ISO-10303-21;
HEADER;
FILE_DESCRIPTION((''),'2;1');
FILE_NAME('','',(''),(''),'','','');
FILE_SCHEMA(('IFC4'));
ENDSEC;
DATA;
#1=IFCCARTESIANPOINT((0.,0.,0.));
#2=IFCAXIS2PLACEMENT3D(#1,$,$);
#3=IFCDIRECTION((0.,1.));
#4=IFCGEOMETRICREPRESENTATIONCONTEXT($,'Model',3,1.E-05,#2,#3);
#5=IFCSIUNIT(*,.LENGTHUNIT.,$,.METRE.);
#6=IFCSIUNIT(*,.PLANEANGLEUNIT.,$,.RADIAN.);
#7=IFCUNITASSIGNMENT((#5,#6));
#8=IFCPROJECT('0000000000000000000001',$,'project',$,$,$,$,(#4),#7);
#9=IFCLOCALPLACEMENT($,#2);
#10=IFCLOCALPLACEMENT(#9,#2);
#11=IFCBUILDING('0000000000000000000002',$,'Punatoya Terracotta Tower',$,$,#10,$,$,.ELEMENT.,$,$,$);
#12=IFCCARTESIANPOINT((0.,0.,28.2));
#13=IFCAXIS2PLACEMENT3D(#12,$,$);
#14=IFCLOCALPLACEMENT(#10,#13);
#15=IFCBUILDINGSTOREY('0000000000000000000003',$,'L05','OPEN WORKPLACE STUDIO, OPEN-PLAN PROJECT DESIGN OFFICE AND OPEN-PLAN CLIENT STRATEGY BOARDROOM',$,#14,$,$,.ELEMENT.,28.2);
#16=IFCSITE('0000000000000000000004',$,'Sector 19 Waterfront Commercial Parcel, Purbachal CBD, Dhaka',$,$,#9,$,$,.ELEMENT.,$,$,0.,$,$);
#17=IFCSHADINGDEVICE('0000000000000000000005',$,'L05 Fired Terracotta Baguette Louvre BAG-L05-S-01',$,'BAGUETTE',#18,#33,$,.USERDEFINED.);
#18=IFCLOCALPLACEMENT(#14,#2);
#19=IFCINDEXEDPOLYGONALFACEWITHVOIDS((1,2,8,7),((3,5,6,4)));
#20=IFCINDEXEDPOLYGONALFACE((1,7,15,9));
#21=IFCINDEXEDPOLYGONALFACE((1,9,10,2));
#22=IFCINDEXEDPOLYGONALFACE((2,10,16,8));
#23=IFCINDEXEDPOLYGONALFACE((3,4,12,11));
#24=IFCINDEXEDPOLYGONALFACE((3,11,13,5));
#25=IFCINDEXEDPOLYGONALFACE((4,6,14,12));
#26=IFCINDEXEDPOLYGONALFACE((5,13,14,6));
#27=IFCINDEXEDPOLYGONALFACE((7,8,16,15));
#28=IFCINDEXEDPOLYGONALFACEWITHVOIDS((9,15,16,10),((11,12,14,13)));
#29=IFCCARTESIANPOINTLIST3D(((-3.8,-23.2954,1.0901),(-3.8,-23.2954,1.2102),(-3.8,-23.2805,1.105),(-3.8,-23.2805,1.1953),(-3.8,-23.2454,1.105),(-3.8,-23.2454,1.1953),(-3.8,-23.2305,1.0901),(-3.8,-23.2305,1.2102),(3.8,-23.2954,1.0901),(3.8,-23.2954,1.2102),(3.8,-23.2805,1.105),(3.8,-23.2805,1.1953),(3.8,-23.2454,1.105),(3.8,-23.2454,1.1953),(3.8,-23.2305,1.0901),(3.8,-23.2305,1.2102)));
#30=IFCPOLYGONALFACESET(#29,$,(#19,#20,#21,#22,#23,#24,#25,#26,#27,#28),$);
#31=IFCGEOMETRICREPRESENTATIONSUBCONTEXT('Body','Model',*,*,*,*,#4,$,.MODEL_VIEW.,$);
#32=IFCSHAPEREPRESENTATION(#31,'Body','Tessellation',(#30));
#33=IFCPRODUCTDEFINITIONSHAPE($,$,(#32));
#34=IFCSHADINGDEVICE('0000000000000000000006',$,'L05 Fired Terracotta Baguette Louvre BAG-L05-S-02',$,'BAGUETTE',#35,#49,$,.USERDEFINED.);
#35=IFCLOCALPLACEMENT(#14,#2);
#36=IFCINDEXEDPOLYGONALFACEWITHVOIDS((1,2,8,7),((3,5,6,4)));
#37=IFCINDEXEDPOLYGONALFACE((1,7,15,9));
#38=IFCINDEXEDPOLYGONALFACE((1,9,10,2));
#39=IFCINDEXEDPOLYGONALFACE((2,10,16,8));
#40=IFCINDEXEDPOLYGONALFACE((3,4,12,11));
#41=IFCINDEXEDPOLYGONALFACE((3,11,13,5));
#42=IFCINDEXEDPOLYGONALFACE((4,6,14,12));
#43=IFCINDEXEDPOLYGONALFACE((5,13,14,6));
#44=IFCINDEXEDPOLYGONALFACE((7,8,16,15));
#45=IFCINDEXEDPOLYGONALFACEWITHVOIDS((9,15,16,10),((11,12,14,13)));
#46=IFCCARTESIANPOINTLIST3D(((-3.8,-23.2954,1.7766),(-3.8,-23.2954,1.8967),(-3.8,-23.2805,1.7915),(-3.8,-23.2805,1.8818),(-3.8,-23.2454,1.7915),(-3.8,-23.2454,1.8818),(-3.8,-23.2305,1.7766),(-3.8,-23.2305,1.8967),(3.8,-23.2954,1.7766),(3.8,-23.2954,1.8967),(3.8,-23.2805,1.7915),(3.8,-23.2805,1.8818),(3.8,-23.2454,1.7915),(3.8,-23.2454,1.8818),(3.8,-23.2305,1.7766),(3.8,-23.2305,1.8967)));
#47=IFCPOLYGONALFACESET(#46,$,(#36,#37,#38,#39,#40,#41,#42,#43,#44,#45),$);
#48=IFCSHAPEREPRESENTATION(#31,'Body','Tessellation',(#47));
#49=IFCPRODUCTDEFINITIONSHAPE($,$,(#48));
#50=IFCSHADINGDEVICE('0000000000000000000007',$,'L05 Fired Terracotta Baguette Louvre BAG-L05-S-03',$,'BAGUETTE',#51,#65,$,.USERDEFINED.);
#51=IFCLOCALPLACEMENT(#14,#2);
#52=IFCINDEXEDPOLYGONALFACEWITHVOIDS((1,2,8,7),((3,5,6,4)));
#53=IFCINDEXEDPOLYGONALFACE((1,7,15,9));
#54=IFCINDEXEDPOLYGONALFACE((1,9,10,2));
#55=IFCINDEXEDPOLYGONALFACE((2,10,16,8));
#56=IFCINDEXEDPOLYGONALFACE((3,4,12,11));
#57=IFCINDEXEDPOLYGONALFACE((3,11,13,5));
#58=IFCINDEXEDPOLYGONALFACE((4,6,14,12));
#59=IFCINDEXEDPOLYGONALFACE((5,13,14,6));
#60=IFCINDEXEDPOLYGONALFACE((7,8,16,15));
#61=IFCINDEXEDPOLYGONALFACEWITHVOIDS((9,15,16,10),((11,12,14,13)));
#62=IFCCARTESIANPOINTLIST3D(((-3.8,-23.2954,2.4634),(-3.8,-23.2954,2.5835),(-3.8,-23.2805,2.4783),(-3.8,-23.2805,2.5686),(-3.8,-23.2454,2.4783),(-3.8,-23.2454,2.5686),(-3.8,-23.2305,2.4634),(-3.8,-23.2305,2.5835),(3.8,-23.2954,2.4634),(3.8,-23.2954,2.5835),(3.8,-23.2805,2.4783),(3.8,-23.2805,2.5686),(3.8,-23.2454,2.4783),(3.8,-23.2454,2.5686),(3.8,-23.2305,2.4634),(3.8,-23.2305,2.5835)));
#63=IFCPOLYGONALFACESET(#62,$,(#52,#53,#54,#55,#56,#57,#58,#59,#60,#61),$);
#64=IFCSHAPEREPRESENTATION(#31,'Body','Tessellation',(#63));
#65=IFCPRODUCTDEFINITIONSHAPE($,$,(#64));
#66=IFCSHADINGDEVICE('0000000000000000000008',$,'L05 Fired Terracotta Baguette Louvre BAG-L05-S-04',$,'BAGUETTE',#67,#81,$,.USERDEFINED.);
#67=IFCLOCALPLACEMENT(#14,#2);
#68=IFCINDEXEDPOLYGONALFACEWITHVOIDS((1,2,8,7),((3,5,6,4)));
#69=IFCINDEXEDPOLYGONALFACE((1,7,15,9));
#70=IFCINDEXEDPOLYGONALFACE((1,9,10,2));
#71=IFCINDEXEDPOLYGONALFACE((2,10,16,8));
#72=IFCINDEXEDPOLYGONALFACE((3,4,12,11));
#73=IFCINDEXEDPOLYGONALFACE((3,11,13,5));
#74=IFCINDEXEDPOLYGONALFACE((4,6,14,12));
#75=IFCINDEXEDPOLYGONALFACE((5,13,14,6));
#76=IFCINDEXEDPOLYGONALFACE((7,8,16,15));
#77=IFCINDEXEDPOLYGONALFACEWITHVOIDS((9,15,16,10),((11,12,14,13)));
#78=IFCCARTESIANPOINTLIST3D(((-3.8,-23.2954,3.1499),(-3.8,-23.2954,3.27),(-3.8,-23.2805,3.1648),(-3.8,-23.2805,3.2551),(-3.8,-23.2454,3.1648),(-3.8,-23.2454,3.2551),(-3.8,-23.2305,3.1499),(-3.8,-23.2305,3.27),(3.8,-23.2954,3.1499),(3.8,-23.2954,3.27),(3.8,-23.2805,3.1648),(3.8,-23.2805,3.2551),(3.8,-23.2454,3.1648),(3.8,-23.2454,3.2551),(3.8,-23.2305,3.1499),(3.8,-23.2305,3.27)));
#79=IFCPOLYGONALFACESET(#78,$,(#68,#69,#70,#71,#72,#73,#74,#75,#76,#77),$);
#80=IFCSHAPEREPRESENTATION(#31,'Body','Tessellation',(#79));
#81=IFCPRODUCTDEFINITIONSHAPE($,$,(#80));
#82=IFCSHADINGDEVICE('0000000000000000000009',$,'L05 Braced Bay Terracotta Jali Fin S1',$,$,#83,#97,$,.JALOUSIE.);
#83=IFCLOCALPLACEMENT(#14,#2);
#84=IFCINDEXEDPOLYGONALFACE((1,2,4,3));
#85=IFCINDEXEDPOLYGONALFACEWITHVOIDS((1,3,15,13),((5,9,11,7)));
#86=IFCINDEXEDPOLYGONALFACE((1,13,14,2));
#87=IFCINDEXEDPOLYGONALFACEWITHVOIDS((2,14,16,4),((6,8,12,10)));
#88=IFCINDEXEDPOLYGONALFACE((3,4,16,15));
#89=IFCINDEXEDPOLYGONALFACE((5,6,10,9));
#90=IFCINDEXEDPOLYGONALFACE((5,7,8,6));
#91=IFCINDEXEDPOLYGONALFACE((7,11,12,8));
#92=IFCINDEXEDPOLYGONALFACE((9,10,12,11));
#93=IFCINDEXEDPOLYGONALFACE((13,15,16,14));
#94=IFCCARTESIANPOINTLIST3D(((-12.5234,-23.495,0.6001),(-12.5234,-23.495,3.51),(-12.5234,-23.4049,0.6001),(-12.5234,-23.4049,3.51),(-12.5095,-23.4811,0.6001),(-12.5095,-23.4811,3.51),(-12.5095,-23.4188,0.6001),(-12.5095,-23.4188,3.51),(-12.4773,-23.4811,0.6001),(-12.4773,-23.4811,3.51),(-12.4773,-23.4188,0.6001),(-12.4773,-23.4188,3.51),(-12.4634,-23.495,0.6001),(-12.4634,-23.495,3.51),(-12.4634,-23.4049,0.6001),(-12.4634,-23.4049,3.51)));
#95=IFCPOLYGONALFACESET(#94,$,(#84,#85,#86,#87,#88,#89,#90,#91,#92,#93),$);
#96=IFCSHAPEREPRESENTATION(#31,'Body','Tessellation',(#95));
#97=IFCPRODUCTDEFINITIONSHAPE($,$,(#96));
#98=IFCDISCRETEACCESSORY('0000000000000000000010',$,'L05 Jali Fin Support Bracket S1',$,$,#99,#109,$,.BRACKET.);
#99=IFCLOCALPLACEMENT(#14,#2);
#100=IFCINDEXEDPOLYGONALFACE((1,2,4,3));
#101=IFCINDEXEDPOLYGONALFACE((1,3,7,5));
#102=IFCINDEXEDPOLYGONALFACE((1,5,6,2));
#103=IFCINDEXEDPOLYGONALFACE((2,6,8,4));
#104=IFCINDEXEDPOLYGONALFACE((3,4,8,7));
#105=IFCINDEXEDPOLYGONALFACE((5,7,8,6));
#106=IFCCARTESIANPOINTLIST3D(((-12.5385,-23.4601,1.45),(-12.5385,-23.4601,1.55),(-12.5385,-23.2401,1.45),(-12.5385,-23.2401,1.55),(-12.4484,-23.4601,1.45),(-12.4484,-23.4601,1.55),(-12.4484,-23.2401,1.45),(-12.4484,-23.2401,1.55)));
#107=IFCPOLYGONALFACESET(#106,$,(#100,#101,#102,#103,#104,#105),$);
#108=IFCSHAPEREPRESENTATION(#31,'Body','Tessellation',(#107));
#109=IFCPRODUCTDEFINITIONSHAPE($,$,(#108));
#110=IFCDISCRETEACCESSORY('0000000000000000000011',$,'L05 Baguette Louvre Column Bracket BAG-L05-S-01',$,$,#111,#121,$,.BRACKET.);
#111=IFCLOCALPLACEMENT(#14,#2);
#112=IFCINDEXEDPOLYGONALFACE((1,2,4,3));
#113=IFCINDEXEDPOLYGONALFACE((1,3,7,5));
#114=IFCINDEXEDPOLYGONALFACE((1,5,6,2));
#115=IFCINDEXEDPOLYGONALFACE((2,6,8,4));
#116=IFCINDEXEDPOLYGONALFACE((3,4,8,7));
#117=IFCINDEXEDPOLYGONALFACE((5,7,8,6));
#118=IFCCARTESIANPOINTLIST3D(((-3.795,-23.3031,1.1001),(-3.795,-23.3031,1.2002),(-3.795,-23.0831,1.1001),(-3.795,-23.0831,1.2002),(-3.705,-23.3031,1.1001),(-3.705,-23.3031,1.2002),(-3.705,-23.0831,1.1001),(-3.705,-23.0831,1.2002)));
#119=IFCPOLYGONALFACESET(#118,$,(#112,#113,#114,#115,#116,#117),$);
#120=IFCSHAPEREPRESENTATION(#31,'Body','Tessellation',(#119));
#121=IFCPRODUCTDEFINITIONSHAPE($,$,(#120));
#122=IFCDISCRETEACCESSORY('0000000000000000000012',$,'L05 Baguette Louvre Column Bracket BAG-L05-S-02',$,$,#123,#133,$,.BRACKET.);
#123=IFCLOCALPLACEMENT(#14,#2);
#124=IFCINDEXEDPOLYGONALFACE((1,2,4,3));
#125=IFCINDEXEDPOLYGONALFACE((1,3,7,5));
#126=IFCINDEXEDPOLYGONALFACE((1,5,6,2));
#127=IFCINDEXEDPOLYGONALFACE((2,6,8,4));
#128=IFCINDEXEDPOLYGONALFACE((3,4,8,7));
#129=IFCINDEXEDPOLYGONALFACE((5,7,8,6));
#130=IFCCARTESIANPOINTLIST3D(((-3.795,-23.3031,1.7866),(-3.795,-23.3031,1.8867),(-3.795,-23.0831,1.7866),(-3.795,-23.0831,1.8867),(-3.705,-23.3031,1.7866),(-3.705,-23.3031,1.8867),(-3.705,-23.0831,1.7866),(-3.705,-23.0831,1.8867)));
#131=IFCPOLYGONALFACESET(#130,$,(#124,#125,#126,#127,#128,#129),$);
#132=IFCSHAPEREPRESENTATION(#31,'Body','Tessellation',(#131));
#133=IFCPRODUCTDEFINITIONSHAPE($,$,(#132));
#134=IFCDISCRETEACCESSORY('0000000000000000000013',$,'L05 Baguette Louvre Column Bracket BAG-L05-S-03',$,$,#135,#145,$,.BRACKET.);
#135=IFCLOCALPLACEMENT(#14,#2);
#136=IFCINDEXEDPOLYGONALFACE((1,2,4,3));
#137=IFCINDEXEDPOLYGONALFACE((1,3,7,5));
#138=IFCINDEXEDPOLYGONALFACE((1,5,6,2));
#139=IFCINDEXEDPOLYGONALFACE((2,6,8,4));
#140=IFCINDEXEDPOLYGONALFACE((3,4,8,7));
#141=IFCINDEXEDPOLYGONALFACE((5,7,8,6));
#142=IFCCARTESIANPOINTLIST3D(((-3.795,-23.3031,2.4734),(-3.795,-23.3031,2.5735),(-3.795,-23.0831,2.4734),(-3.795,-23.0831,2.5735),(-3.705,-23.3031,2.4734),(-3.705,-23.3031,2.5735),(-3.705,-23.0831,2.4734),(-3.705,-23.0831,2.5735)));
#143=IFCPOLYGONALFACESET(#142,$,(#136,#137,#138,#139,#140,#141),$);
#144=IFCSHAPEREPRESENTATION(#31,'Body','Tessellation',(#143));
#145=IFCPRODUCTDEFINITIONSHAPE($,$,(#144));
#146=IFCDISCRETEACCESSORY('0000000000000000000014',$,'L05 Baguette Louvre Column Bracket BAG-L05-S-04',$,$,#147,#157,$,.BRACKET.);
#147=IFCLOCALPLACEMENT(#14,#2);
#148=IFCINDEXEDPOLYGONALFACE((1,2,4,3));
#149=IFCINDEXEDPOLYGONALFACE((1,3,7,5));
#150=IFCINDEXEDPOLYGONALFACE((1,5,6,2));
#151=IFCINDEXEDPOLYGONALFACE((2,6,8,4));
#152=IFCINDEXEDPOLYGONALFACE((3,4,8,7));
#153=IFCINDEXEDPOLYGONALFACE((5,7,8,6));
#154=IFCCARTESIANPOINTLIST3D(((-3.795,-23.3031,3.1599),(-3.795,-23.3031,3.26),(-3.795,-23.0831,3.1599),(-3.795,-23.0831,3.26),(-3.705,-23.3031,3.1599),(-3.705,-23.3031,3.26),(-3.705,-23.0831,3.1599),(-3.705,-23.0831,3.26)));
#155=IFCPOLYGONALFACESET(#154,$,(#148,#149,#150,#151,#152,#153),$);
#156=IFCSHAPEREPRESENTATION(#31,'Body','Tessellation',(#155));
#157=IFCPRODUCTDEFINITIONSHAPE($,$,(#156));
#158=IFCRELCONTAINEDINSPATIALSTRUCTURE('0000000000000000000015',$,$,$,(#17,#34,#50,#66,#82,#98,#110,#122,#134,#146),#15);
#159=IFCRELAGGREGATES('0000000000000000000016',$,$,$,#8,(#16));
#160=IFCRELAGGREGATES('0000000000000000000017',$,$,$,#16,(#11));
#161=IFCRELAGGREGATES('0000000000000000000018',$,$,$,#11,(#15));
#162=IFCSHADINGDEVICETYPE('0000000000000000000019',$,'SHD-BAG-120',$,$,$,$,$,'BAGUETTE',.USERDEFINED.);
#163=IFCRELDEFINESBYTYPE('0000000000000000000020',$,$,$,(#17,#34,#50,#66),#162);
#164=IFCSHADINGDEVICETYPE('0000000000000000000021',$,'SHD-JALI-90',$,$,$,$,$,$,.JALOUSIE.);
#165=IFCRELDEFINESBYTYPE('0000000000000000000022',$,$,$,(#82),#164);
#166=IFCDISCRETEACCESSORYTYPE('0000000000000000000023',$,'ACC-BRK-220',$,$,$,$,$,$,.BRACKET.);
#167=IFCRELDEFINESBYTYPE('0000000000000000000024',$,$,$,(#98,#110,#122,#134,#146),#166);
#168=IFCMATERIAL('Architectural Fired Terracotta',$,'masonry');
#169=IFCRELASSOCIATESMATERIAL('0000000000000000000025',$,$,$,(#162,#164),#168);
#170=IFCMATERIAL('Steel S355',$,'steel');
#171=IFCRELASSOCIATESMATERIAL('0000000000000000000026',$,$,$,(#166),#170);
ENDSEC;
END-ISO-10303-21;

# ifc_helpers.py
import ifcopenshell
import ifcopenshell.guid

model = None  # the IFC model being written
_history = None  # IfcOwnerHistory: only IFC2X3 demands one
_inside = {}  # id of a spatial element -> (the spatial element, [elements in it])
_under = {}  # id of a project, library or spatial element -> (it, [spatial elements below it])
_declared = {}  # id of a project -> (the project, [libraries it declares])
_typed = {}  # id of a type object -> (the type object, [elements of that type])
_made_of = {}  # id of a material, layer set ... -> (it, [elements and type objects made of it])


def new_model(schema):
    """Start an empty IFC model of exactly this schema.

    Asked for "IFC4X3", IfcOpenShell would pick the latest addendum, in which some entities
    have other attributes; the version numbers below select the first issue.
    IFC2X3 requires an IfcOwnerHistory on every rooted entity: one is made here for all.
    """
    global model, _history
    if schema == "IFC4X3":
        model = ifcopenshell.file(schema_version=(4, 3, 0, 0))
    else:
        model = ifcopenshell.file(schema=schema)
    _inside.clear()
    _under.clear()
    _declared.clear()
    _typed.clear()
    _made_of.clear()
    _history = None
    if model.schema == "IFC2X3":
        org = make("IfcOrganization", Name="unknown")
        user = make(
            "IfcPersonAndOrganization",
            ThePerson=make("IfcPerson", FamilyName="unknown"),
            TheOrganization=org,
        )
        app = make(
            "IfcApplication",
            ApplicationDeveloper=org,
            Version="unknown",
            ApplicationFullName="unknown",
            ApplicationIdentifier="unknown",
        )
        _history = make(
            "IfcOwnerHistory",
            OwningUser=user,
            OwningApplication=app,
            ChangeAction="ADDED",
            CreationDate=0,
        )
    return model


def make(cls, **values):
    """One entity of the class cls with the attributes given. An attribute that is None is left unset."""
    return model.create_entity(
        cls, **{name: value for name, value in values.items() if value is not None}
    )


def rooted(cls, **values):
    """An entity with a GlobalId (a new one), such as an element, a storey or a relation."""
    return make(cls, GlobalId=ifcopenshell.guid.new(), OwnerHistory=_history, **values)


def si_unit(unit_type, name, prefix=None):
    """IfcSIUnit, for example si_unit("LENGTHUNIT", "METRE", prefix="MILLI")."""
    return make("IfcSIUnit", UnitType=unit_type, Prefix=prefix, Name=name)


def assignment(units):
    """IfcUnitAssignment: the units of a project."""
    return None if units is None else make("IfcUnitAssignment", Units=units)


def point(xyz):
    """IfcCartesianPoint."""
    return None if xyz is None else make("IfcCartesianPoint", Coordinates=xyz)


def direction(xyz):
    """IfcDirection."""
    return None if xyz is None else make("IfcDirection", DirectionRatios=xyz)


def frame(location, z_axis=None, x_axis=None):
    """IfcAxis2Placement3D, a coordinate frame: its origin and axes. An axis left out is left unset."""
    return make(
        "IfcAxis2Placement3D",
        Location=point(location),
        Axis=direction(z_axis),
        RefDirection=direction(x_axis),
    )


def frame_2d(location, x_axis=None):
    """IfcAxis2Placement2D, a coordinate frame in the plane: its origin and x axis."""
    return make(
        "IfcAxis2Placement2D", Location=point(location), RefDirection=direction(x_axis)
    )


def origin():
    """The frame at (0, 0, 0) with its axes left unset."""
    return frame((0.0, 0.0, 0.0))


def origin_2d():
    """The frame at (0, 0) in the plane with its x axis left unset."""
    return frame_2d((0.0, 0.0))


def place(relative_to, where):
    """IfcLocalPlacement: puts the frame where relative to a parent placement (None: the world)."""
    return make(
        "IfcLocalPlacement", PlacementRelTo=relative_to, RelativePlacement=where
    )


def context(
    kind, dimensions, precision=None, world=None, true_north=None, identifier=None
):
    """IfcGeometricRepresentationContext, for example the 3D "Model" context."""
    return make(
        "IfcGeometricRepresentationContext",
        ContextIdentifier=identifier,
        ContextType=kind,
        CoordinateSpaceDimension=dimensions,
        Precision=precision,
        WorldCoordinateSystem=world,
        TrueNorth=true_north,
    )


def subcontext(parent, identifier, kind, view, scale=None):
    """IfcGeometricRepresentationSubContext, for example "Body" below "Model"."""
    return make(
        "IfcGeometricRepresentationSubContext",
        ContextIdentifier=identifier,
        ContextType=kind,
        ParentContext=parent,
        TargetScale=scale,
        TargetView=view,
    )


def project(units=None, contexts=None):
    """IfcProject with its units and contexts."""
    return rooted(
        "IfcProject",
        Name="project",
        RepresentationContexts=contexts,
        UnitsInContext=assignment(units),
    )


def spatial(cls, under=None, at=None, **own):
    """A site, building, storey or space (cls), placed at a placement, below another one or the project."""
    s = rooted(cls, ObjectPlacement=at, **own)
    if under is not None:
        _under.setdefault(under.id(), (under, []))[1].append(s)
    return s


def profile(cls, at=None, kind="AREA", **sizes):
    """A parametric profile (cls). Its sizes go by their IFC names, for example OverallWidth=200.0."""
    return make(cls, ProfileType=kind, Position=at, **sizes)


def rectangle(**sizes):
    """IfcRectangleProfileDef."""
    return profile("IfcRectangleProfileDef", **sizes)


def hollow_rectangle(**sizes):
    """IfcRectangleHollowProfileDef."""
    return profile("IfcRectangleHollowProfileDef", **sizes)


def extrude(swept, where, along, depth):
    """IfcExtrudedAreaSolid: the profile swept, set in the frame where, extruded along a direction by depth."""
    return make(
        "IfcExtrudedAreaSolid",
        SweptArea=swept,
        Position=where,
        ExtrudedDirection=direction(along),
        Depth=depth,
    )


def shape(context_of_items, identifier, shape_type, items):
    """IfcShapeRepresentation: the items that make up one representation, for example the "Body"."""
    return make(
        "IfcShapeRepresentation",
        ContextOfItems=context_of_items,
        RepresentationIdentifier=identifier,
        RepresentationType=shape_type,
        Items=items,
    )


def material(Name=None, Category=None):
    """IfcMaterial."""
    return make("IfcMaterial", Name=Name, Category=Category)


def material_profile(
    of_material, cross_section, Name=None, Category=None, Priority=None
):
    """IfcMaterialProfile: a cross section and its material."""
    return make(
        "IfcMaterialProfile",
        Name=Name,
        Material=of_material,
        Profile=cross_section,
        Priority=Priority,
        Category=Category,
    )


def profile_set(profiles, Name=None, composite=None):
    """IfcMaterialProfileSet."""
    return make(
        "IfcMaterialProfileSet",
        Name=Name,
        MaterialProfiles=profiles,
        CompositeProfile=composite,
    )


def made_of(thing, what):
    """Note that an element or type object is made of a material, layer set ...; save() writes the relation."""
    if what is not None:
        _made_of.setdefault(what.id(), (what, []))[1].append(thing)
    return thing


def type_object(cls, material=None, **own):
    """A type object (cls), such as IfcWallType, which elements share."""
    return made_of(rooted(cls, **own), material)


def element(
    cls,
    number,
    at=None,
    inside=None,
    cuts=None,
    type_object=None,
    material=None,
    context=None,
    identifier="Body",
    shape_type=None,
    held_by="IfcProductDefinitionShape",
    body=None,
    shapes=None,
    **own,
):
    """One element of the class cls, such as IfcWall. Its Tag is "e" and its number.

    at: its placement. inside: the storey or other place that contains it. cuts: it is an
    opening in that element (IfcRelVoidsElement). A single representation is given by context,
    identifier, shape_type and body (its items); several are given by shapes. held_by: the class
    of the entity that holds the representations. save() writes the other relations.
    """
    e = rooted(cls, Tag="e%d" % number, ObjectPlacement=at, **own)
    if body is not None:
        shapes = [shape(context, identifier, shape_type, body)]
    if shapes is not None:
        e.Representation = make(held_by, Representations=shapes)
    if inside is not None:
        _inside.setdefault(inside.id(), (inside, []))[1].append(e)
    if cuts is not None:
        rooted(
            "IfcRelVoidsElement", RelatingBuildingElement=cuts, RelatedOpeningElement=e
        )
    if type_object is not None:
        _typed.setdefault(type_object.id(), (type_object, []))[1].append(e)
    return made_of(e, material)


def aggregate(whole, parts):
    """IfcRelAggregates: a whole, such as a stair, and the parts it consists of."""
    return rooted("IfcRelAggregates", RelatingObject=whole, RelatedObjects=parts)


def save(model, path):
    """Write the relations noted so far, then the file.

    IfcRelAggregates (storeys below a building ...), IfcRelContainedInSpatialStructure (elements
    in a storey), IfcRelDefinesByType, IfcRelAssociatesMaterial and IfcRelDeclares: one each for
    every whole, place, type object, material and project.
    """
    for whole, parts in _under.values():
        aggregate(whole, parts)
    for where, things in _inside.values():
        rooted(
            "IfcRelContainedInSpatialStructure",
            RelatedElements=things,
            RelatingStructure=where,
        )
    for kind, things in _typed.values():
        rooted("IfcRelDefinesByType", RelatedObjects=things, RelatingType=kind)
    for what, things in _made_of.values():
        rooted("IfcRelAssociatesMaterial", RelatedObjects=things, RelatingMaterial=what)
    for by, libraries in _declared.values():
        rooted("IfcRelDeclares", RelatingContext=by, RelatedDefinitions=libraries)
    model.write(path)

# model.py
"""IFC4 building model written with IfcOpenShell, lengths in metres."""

from ifc_helpers import new_model, si_unit, direction, frame, origin, origin_2d, place, context, subcontext, project, spatial, rectangle, hollow_rectangle, extrude, material, material_profile, profile_set, type_object, element, save


model = new_model("IFC4")

# Units and contexts
model_context = context("Model", 3, precision=1e-05, world=origin(), true_north=direction((0.0, 1.0)))
body_context = subcontext(model_context, "Body", "Model", "MODEL_VIEW")
ifc_project = project(units=[si_unit("LENGTHUNIT", "METRE"), si_unit("PLANEANGLEUNIT", "RADIAN")], contexts=[model_context])

# Site, building, storey
site_placement = place(None, origin())
site = spatial("IfcSite", under=ifc_project, at=site_placement, Name="Sector 19 Waterfront Commercial Parcel, Purbachal CBD, Dhaka", CompositionType="ELEMENT", RefElevation=0.0)
building_placement = place(site_placement, origin())
building = spatial("IfcBuilding", under=site, at=building_placement, Name="Punatoya Terracotta Tower", CompositionType="ELEMENT")
storey_placement = place(building_placement, frame((0.0, 0.0, 28.2)))
storey = spatial("IfcBuildingStorey", under=building, at=storey_placement, Name="L05", Description="OPEN WORKPLACE STUDIO, OPEN-PLAN PROJECT DESIGN OFFICE AND OPEN-PLAN CLIENT STRATEGY BOARDROOM", CompositionType="ELEMENT", Elevation=28.2)

# Shared definitions
ifc_material_1 = material(Name="Steel S355", Category="steel")

# Shading devices
ifc_material_2 = material(Name="Architectural Fired Terracotta", Category="masonry")
ifc_material_profile_1 = material_profile(ifc_material_2, hollow_rectangle(XDim=0.0649, YDim=0.1201, WallThickness=0.0149, at=origin_2d()))
ifc_profile_set_1 = profile_set([ifc_material_profile_1], Name="Architectural Fired Terracotta")
shading_device_type_1 = type_object("IfcShadingDeviceType", Name="SHD-BAG-120", ElementType="BAGUETTE", PredefinedType="USERDEFINED", material=ifc_profile_set_1)
for number, where, z_axis, x_axis, name in (
    (1, (-3.8, -23.2629, 1.1501), (1.0, 0.0, 0.0), (0.0, 1.0, 0.0), "L05 Fired Terracotta Baguette Louvre BAG-L05-S-01"),
    (2, (-3.8, -23.2629, 1.8367), (1.0, 0.0, 0.0), (0.0, 1.0, 0.0), "L05 Fired Terracotta Baguette Louvre BAG-L05-S-02"),
    (3, (-3.8, -23.2629, 2.5234), (1.0, 0.0, 0.0), (0.0, 1.0, 0.0), "L05 Fired Terracotta Baguette Louvre BAG-L05-S-03"),
    (4, (-3.8, -23.2629, 3.21), (1.0, 0.0, 0.0), (0.0, 1.0, 0.0), "L05 Fired Terracotta Baguette Louvre BAG-L05-S-04"),
):
    element("IfcShadingDevice", number, at=place(storey_placement, frame(where, z_axis=z_axis, x_axis=x_axis)), inside=storey, type_object=shading_device_type_1, Name=name, ObjectType="BAGUETTE", PredefinedType="USERDEFINED", context=body_context, shape_type="SweptSolid", body=[
        extrude(hollow_rectangle(XDim=0.0649, YDim=0.1201, WallThickness=0.0149, at=origin_2d()), origin(), (0.0, 0.0, 1.0), 7.6001),
    ])
ifc_material_profile_2 = material_profile(ifc_material_2, hollow_rectangle(XDim=0.0601, YDim=0.0901, WallThickness=0.0139, at=origin_2d()))
ifc_profile_set_2 = profile_set([ifc_material_profile_2], Name="Architectural Fired Terracotta")
shading_device_type_2 = type_object("IfcShadingDeviceType", Name="SHD-JALI-90", PredefinedType="JALOUSIE", material=ifc_profile_set_2)
shading_device_placement = place(storey_placement, frame((-12.4934, -23.45, 0.6001), z_axis=(0.0, 0.0, 1.0), x_axis=(1.0, 0.0, 0.0)))
element("IfcShadingDevice", 5, at=shading_device_placement, inside=storey, type_object=shading_device_type_2, Name="L05 Braced Bay Terracotta Jali Fin S1", PredefinedType="JALOUSIE", context=body_context, shape_type="SweptSolid", body=[
    extrude(hollow_rectangle(XDim=0.0601, YDim=0.0901, WallThickness=0.0139, at=origin_2d()), origin(), (0.0, 0.0, 1.0), 2.9099),
])

# Discrete accessories
discrete_accessory_type = type_object("IfcDiscreteAccessoryType", Name="ACC-BRK-220", PredefinedType="BRACKET", material=ifc_material_1)
for number, where, z_axis, x_axis, name in (
    (6, (-12.4934, -23.3501, 1.45), (0.0, 0.0, 1.0), (1.0, 0.0, 0.0), "L05 Jali Fin Support Bracket S1"),
    (7, (-3.75, -23.1931, 1.1001), (0.0, 0.0, 1.0), (1.0, 0.0, 0.0), "L05 Baguette Louvre Column Bracket BAG-L05-S-01"),
    (8, (-3.75, -23.1931, 1.7866), (0.0, 0.0, 1.0), (1.0, 0.0, 0.0), "L05 Baguette Louvre Column Bracket BAG-L05-S-02"),
    (9, (-3.75, -23.1931, 2.4734), (0.0, 0.0, 1.0), (1.0, 0.0, 0.0), "L05 Baguette Louvre Column Bracket BAG-L05-S-03"),
    (10, (-3.75, -23.1931, 3.1599), (0.0, 0.0, 1.0), (1.0, 0.0, 0.0), "L05 Baguette Louvre Column Bracket BAG-L05-S-04"),
):
    element("IfcDiscreteAccessory", number, at=place(storey_placement, frame(where, z_axis=z_axis, x_axis=x_axis)), inside=storey, type_object=discrete_accessory_type, Name=name, PredefinedType="BRACKET", context=body_context, shape_type="SweptSolid", body=[
        extrude(rectangle(XDim=0.0901, YDim=0.22, at=origin_2d()), origin(), (0.0, 0.0, 1.0), 0.1001),
    ])

save(model, "model.ifc")
